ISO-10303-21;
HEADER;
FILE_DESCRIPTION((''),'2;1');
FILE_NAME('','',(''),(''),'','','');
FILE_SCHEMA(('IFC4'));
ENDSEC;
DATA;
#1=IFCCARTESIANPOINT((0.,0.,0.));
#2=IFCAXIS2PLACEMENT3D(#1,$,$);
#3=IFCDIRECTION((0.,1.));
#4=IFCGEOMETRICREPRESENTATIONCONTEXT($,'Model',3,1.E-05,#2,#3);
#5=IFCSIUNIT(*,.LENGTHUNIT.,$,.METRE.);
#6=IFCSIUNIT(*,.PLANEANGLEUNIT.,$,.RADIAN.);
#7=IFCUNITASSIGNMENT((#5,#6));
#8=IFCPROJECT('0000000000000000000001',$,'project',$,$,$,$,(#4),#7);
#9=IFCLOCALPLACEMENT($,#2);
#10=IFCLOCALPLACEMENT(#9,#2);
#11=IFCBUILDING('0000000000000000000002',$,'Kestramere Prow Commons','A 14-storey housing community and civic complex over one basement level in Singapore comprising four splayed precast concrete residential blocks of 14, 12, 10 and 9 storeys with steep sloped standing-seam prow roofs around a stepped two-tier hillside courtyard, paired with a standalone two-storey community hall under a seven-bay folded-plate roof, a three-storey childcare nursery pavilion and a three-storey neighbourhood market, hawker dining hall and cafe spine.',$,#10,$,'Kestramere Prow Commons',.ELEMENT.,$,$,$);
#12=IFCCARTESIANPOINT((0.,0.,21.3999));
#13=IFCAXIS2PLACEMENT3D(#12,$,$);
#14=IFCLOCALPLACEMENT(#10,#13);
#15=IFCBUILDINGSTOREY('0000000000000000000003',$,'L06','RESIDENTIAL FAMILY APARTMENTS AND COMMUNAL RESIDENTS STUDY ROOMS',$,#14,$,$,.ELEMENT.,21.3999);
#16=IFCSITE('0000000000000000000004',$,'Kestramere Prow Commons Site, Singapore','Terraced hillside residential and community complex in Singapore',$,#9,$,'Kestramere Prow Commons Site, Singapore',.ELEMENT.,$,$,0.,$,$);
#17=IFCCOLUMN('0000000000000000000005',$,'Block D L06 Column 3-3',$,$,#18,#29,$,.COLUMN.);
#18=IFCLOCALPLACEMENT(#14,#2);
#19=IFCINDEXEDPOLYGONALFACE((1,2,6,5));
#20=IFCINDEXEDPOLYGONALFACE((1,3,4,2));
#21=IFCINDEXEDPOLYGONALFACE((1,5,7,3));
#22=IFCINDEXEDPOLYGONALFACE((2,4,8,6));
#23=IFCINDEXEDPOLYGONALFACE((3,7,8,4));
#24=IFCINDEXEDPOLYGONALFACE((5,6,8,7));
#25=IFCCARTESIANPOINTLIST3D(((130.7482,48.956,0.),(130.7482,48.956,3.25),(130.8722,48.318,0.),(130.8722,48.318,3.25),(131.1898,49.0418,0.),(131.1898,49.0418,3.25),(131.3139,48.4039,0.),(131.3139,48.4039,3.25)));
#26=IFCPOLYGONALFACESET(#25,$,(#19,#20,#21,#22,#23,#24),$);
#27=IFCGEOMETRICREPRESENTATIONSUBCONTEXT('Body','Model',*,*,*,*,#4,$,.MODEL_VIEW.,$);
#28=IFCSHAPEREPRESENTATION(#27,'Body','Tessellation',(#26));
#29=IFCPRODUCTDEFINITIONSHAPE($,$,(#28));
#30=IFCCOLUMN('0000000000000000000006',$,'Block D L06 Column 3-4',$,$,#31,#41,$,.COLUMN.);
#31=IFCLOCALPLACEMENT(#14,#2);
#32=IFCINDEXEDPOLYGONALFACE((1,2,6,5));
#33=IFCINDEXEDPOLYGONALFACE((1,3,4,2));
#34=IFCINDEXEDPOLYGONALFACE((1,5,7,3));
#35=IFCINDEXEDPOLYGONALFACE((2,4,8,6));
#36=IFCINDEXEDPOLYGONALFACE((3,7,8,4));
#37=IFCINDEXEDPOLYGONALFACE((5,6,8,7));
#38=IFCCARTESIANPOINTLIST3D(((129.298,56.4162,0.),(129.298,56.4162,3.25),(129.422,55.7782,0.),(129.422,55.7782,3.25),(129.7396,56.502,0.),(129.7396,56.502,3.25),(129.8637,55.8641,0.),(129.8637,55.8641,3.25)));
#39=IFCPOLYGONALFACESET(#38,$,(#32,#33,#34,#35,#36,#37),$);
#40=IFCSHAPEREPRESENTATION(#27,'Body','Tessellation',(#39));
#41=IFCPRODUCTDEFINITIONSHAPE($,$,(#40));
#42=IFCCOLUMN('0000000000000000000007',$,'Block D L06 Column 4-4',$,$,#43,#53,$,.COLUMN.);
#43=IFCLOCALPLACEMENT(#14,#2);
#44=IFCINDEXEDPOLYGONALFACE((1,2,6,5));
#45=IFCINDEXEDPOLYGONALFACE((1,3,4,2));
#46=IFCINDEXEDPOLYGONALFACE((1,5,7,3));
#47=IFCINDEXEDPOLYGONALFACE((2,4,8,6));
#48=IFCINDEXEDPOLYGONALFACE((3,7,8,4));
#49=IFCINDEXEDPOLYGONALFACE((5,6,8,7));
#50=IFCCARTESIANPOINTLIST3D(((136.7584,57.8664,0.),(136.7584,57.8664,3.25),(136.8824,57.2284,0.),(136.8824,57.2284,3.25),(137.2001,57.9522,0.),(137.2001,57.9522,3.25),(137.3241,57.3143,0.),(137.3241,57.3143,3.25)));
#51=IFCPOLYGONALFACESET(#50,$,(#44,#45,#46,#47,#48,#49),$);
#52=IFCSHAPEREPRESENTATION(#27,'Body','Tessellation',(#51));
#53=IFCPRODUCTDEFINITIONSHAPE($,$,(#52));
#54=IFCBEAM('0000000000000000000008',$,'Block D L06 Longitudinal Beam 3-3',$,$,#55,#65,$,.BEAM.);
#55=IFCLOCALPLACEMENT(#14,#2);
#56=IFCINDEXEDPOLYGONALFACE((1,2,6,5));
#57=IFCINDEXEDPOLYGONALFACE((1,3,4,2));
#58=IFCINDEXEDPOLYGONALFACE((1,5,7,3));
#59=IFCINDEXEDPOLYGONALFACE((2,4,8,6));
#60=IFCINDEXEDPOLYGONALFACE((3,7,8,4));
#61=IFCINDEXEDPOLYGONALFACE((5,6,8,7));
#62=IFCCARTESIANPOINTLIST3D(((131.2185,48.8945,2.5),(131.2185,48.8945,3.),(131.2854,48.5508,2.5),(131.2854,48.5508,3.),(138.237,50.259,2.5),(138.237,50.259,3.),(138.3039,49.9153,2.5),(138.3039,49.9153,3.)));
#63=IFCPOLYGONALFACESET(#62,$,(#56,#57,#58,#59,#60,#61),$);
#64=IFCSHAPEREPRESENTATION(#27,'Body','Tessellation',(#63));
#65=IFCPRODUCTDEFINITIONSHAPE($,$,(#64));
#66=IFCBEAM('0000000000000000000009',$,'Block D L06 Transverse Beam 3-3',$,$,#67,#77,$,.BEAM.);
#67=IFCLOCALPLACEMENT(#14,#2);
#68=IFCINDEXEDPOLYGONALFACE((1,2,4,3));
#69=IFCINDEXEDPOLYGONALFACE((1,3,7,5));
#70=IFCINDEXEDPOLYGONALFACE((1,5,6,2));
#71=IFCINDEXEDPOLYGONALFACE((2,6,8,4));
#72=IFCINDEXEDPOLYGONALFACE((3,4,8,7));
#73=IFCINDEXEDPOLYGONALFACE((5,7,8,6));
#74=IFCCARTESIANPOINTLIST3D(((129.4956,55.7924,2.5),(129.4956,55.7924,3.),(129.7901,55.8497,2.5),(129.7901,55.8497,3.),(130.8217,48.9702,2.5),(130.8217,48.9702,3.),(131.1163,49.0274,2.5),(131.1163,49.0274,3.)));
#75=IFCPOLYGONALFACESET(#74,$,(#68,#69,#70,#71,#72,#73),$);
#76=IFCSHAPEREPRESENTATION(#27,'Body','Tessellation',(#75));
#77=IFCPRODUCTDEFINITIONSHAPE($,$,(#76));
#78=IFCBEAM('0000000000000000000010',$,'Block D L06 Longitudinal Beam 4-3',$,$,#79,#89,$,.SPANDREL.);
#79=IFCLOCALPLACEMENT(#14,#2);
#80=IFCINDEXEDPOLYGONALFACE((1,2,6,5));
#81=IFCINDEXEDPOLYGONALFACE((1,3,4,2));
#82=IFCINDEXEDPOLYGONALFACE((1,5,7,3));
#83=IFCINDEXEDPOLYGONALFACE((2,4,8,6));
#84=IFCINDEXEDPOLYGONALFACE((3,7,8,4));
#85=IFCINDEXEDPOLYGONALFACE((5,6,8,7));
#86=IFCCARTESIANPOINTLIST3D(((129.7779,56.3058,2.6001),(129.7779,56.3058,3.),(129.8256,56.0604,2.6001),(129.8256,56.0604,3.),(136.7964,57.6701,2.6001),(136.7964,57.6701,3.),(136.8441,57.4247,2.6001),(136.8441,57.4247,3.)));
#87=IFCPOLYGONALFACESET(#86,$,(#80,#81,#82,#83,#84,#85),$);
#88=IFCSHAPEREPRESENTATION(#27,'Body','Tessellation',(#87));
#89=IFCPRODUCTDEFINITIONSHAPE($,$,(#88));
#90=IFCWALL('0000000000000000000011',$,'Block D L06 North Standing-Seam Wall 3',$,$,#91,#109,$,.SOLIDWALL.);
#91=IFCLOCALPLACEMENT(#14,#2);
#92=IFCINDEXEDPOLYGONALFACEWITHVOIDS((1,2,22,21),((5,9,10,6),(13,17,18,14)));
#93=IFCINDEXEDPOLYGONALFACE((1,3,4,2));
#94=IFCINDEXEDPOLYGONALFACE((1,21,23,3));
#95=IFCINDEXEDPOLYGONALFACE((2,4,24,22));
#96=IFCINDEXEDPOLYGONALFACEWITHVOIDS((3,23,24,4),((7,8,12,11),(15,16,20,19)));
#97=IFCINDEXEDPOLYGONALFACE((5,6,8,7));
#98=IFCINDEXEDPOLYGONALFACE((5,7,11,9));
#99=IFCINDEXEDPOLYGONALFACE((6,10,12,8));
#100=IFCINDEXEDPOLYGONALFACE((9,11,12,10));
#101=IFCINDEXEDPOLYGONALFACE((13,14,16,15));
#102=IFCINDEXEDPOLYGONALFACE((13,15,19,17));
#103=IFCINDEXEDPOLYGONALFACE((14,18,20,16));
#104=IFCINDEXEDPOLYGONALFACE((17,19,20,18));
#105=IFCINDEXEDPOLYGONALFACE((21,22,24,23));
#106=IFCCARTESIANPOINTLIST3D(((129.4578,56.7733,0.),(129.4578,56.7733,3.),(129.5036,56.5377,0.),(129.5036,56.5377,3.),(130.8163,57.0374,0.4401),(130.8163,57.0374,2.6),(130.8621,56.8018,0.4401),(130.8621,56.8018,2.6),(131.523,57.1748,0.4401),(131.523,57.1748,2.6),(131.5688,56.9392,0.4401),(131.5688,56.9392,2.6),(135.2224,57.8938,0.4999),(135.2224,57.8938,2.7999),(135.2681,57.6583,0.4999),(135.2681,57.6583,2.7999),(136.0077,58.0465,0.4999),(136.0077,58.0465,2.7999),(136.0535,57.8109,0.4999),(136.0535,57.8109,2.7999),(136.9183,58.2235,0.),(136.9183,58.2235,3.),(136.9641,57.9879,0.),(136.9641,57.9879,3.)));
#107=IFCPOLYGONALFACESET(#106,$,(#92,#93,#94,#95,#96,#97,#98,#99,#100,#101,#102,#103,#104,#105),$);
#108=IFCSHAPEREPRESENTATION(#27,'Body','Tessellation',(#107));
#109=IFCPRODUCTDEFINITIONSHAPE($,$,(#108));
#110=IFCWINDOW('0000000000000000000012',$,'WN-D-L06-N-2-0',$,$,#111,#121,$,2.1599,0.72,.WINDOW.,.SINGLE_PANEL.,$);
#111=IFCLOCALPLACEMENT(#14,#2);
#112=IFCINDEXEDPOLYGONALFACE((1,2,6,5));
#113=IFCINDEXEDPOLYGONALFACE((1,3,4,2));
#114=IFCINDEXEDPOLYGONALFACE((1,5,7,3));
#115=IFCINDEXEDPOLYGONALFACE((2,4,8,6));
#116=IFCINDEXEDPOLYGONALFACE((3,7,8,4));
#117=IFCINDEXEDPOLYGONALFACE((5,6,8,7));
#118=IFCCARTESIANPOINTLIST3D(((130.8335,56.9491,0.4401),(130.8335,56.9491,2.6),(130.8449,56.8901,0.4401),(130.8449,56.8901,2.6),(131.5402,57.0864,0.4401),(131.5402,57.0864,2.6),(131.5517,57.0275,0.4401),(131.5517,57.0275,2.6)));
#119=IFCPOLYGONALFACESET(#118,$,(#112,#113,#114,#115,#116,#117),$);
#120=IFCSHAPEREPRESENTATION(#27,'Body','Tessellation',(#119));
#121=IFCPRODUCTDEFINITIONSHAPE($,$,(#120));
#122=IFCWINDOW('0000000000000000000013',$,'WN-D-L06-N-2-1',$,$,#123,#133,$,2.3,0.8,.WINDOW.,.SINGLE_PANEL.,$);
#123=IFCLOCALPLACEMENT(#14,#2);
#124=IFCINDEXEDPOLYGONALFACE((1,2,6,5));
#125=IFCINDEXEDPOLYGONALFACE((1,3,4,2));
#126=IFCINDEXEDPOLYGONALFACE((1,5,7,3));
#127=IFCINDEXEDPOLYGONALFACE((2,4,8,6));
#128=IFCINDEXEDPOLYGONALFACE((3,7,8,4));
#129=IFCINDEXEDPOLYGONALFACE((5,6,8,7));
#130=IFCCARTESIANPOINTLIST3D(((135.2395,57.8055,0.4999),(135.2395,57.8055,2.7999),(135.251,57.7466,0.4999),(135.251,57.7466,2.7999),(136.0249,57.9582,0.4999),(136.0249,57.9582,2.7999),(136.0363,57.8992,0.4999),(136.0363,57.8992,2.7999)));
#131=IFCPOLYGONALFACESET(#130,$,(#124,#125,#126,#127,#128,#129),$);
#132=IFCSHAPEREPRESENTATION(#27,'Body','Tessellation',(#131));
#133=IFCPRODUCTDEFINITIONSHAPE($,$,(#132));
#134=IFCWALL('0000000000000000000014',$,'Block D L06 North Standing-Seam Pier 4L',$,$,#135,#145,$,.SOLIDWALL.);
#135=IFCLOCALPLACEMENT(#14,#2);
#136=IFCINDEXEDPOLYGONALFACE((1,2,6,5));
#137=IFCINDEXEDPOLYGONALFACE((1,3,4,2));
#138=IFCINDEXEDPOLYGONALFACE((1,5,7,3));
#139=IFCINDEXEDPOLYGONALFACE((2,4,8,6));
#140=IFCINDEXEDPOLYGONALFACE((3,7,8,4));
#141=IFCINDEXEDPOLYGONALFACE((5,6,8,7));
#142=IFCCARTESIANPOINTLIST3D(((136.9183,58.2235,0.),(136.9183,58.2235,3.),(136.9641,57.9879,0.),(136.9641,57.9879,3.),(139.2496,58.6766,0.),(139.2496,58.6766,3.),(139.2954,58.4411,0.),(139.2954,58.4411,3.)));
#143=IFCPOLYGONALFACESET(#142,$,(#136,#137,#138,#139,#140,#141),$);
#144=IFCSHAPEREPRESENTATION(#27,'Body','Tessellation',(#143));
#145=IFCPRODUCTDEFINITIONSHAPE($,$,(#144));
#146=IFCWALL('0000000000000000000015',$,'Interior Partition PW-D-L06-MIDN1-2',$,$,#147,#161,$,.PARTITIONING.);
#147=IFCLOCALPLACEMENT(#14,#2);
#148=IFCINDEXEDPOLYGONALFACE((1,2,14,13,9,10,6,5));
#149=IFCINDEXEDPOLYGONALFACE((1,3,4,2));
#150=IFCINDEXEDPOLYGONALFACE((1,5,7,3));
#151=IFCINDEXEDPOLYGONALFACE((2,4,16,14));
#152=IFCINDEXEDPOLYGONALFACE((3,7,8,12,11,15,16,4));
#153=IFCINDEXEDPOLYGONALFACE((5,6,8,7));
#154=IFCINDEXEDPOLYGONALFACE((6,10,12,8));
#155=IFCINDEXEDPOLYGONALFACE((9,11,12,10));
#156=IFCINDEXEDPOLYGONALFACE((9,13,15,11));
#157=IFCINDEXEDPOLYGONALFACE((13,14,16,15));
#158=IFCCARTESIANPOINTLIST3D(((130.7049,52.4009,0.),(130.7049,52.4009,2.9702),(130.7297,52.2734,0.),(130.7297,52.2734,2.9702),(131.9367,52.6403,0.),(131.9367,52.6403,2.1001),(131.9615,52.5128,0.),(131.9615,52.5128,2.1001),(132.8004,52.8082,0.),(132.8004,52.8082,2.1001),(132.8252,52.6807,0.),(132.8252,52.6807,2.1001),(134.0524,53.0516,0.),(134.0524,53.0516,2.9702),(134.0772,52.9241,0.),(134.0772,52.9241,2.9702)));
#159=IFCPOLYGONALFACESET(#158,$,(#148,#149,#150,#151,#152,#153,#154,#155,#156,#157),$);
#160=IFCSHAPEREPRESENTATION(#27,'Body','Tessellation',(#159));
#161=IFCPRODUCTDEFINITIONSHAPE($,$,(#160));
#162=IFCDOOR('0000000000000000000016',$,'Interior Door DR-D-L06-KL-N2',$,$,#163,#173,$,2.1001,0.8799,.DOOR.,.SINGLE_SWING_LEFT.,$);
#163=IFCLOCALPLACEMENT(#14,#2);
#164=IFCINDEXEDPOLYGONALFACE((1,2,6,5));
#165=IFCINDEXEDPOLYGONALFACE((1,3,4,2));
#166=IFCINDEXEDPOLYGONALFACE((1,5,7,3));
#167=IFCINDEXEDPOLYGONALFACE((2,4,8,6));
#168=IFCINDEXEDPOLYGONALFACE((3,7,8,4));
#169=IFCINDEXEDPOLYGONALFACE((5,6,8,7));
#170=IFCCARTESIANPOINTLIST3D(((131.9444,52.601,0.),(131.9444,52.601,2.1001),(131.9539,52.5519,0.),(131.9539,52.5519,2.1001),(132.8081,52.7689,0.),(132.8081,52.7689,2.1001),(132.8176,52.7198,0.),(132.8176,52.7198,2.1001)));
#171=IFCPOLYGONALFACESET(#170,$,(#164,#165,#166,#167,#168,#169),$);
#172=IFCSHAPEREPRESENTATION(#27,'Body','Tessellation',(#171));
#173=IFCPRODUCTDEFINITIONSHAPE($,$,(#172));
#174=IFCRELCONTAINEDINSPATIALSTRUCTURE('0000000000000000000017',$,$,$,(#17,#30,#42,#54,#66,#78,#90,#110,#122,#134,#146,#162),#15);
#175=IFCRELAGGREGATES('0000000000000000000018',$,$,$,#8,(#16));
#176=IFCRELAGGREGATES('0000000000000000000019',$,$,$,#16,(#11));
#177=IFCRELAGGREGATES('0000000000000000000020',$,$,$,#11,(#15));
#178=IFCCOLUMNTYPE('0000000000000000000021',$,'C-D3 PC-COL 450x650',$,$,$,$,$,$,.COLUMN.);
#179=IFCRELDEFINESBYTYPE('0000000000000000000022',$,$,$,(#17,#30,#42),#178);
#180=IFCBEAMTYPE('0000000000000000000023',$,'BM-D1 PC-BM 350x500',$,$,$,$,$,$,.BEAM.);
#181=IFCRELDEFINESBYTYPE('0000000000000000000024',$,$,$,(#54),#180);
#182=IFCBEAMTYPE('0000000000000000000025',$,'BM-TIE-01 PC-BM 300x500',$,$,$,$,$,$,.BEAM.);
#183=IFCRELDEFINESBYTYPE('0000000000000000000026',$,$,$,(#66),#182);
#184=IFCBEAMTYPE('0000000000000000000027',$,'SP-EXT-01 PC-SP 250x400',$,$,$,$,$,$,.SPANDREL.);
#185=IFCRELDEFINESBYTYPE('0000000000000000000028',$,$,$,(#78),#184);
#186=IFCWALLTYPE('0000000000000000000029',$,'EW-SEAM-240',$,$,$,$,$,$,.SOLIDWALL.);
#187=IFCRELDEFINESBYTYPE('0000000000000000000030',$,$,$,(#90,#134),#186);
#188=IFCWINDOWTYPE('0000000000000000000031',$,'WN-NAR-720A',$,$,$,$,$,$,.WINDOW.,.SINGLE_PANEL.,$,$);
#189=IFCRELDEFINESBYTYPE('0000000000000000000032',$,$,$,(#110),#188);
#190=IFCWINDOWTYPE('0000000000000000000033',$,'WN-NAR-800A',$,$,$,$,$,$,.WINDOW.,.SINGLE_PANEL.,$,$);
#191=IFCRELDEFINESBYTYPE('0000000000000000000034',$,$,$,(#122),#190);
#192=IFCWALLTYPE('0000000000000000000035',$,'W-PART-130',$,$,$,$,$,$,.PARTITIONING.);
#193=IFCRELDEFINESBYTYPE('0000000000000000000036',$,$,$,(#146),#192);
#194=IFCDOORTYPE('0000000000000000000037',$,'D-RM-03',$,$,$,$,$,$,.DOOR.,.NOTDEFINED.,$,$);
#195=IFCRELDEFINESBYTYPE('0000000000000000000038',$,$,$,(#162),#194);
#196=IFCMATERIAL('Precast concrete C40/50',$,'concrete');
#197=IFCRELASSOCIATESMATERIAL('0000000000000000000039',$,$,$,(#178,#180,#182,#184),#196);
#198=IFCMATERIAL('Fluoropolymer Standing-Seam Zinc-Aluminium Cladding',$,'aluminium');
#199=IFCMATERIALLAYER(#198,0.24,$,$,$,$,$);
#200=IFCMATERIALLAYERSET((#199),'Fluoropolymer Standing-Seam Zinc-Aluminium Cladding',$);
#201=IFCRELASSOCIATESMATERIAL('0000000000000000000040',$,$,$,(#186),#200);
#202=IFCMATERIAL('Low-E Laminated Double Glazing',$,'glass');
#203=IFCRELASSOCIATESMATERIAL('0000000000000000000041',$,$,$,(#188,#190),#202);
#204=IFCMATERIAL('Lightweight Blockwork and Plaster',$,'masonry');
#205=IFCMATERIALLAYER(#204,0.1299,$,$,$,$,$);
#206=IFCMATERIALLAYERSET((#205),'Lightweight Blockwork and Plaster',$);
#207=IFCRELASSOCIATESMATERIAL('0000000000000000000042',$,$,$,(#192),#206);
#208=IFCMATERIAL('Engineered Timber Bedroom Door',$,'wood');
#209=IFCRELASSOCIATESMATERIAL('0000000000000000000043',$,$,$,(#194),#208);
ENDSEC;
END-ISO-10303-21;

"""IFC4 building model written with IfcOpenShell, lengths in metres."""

from ifc_helpers import new_model, si_unit, direction, frame, frame_2d, origin, origin_2d, place, context, subcontext, project, spatial, rectangle, extrude, material, layer, layer_set, material_profile, profile_set, type_object, element, fill, save


model = new_model("IFC4")

# Units and contexts
model_context = context("Model", 3, precision=1e-05, world=origin(), true_north=direction((0.0, 1.0)))
body_context = subcontext(model_context, "Body", "Model", "MODEL_VIEW")
ifc_project = project(units=[si_unit("LENGTHUNIT", "METRE"), si_unit("PLANEANGLEUNIT", "RADIAN")], contexts=[model_context])

# Site, building, storey
site_placement = place(None, origin())
site = spatial("IfcSite", under=ifc_project, at=site_placement, Name="Kestramere Prow Commons Site, Singapore", Description="Terraced hillside residential and community complex in Singapore", LongName="Kestramere Prow Commons Site, Singapore", CompositionType="ELEMENT", RefElevation=0.0)
building_placement = place(site_placement, origin())
building = spatial("IfcBuilding", under=site, at=building_placement, Name="Kestramere Prow Commons", Description="A 14-storey housing community and civic complex over one basement level in Singapore comprising four splayed precast concrete residential blocks of 14, 12, 10 and 9 storeys with steep sloped standing-seam prow roofs around a stepped two-tier hillside courtyard, paired with a standalone two-storey community hall under a seven-bay folded-plate roof, a three-storey childcare nursery pavilion and a three-storey neighbourhood market, hawker dining hall and cafe spine.", LongName="Kestramere Prow Commons", CompositionType="ELEMENT")
storey_placement = place(building_placement, frame((0.0, 0.0, 21.3999)))
storey = spatial("IfcBuildingStorey", under=building, at=storey_placement, Name="L06", Description="RESIDENTIAL FAMILY APARTMENTS AND COMMUNAL RESIDENTS STUDY ROOMS", CompositionType="ELEMENT", Elevation=21.3999)

# Columns
ifc_material_1 = material(Name="Precast concrete C40/50", Category="concrete")
ifc_material_profile_1 = material_profile(ifc_material_1, rectangle(XDim=0.45, YDim=0.6499, at=origin_2d()), Name="PC-COL 450x650")
ifc_profile_set_1 = profile_set([ifc_material_profile_1], Name="Precast concrete C40/50")
column_type = type_object("IfcColumnType", Name="C-D3 PC-COL 450x650", PredefinedType="COLUMN", material=ifc_profile_set_1)
for number, where, z_axis, x_axis, name in (
    (1, (131.031, 48.6799, 0.0), (0.0, 0.0, 1.0), (0.981627, 0.190809, 0.0), "Block D L06 Column 3-3"),
    (2, (129.5808, 56.1401, 0.0), (0.0, 0.0, 1.0), (0.981627, 0.190809, 0.0), "Block D L06 Column 3-4"),
    (3, (137.0413, 57.5903, 0.0), (0.0, 0.0, 1.0), (0.981627, 0.190809, 0.0), "Block D L06 Column 4-4"),
):
    element("IfcColumn", number, at=place(storey_placement, frame(where, z_axis=z_axis, x_axis=x_axis)), inside=storey, type_object=column_type, Name=name, PredefinedType="COLUMN", context=body_context, shape_type="SweptSolid", body=[
        extrude(rectangle(XDim=0.45, YDim=0.6499, at=origin_2d()), origin(), (0.0, 0.0, 1.0), 3.25),
    ])

# Beams
ifc_material_profile_2 = material_profile(ifc_material_1, rectangle(XDim=0.3501, YDim=0.5, at=origin_2d()), Name="PC-BM 350x500")
ifc_profile_set_2 = profile_set([ifc_material_profile_2], Name="Precast concrete C40/50")
beam_type_1 = type_object("IfcBeamType", Name="BM-D1 PC-BM 350x500", PredefinedType="BEAM", material=ifc_profile_set_2)
beam_1_placement = place(storey_placement, frame((131.252, 48.7227, 2.75), z_axis=(0.981621, 0.19084, 0.0), x_axis=(-0.19084, 0.981621, 0.0)))
element("IfcBeam", 4, at=beam_1_placement, inside=storey, type_object=beam_type_1, Name="Block D L06 Longitudinal Beam 3-3", PredefinedType="BEAM", context=body_context, shape_type="SweptSolid", body=[
    extrude(rectangle(XDim=0.3501, YDim=0.5, at=origin_2d()), origin(), (0.0, 0.0, 1.0), 7.1499),
])
ifc_material_profile_3 = material_profile(ifc_material_1, rectangle(XDim=0.3, YDim=0.5, at=origin_2d()), Name="PC-BM 300x500")
ifc_profile_set_3 = profile_set([ifc_material_profile_3], Name="Precast concrete C40/50")
beam_type_2 = type_object("IfcBeamType", Name="BM-TIE-01 PC-BM 300x500", PredefinedType="BEAM", material=ifc_profile_set_3)
beam_2_placement = place(storey_placement, frame((130.969, 48.9988, 2.75), z_axis=(-0.190817, 0.981626, 0.0), x_axis=(-0.981626, -0.190817, 0.0)))
element("IfcBeam", 5, at=beam_2_placement, inside=storey, type_object=beam_type_2, Name="Block D L06 Transverse Beam 3-3", PredefinedType="BEAM", context=body_context, shape_type="SweptSolid", body=[
    extrude(rectangle(XDim=0.3, YDim=0.5, at=origin_2d()), origin(), (0.0, 0.0, 1.0), 6.95),
])
ifc_material_profile_4 = material_profile(ifc_material_1, rectangle(XDim=0.25, YDim=0.3999, at=origin_2d()), Name="PC-SP 250x400")
ifc_profile_set_4 = profile_set([ifc_material_profile_4], Name="Precast concrete C40/50")
beam_type_3 = type_object("IfcBeamType", Name="SP-EXT-01 PC-SP 250x400", PredefinedType="SPANDREL", material=ifc_profile_set_4)
beam_3_placement = place(storey_placement, frame((129.8018, 56.1831, 2.8), z_axis=(0.981627, 0.190808, 0.0), x_axis=(-0.190808, 0.981627, 0.0)))
element("IfcBeam", 6, at=beam_3_placement, inside=storey, type_object=beam_type_3, Name="Block D L06 Longitudinal Beam 4-3", PredefinedType="SPANDREL", context=body_context, shape_type="SweptSolid", body=[
    extrude(rectangle(XDim=0.25, YDim=0.3999, at=origin_2d()), origin(), (0.0, 0.0, 1.0), 7.1499),
])

# Wall, openings, windows
ifc_material_2 = material(Name="Fluoropolymer Standing-Seam Zinc-Aluminium Cladding", Category="aluminium")
ifc_layer_1 = layer(ifc_material_2, 0.24)
ifc_layer_set_1 = layer_set([ifc_layer_1], Name="Fluoropolymer Standing-Seam Zinc-Aluminium Cladding")
wall_type_1 = type_object("IfcWallType", Name="EW-SEAM-240", PredefinedType="SOLIDWALL", material=ifc_layer_set_1)
wall_1_placement = place(storey_placement, frame((129.4807, 56.6555, 0.0), z_axis=(0.0, 0.0, 1.0), x_axis=(0.981626, 0.190813, 0.0)))
wall_1 = element("IfcWall", 7, at=wall_1_placement, inside=storey, type_object=wall_type_1, Name="Block D L06 North Standing-Seam Wall 3", PredefinedType="SOLIDWALL", context=body_context, shape_type="SweptSolid", body=[
    extrude(rectangle(XDim=7.6001, YDim=0.24, at=frame_2d((3.8, 0.0))), origin(), (0.0, 0.0, 1.0), 3.0),
])
opening_1_placement = place(wall_1_placement, frame((1.384, 0.0, 0.4399)))
opening_1 = element("IfcOpeningElement", 8, at=opening_1_placement, cuts=wall_1, PredefinedType="OPENING", context=body_context, shape_type="SweptSolid", body=[
    extrude(rectangle(XDim=0.72, YDim=2.1599, at=frame_2d((0.3599, 1.0801))), frame((0.0, 0.135, 0.0), z_axis=(0.0, -1.0, 0.0), x_axis=(1.0, 0.0, 0.0)), (0.0, 0.0, 1.0), 0.27),
])
opening_2_placement = place(wall_1_placement, frame((5.8726, 0.0, 0.5)))
opening_2 = element("IfcOpeningElement", 9, at=opening_2_placement, cuts=wall_1, PredefinedType="OPENING", context=body_context, shape_type="SweptSolid", body=[
    extrude(rectangle(XDim=0.8, YDim=2.3, at=frame_2d((0.3999, 1.1499))), frame((0.0, 0.135, 0.0), z_axis=(0.0, -1.0, 0.0), x_axis=(1.0, 0.0, 0.0)), (0.0, 0.0, 1.0), 0.27),
])
ifc_material_3 = material(Name="Low-E Laminated Double Glazing", Category="glass")
window_type_1 = type_object("IfcWindowType", Name="WN-NAR-720A", PartitioningType="SINGLE_PANEL", PredefinedType="WINDOW", material=ifc_material_3)
window_1_placement = place(opening_1_placement, origin())
window_1 = element("IfcWindow", 10, at=window_1_placement, inside=storey, type_object=window_type_1, Name="WN-D-L06-N-2-0", OverallHeight=2.1599, OverallWidth=0.72, PartitioningType="SINGLE_PANEL", PredefinedType="WINDOW", context=body_context, shape_type="SweptSolid", body=[
    extrude(rectangle(XDim=0.72, YDim=2.1599, at=frame_2d((0.3599, 1.0801))), frame((0.0, 0.03, 0.0), z_axis=(0.0, -1.0, 0.0), x_axis=(1.0, 0.0, 0.0)), (0.0, 0.0, 1.0), 0.0601),
])
fill(opening_1, window_1)
window_type_2 = type_object("IfcWindowType", Name="WN-NAR-800A", PartitioningType="SINGLE_PANEL", PredefinedType="WINDOW", material=ifc_material_3)
window_2_placement = place(opening_2_placement, origin())
window_2 = element("IfcWindow", 11, at=window_2_placement, inside=storey, type_object=window_type_2, Name="WN-D-L06-N-2-1", OverallHeight=2.3, OverallWidth=0.8, PartitioningType="SINGLE_PANEL", PredefinedType="WINDOW", context=body_context, shape_type="SweptSolid", body=[
    extrude(rectangle(XDim=0.8, YDim=2.3, at=frame_2d((0.3999, 1.1499))), frame((0.0, 0.03, 0.0), z_axis=(0.0, -1.0, 0.0), x_axis=(1.0, 0.0, 0.0)), (0.0, 0.0, 1.0), 0.0601),
])
fill(opening_2, window_2)

# Wall
wall_2_placement = place(storey_placement, frame((136.9412, 58.1057, 0.0), z_axis=(0.0, 0.0, 1.0), x_axis=(0.98163, 0.190795, 0.0)))
element("IfcWall", 12, at=wall_2_placement, inside=storey, type_object=wall_type_1, Name="Block D L06 North Standing-Seam Pier 4L", PredefinedType="SOLIDWALL", context=body_context, shape_type="SweptSolid", body=[
    extrude(rectangle(XDim=2.375, YDim=0.24, at=frame_2d((1.1875, 0.0))), origin(), (0.0, 0.0, 1.0), 3.0),
])

# Wall, opening, door
ifc_material_4 = material(Name="Lightweight Blockwork and Plaster", Category="masonry")
ifc_layer_2 = layer(ifc_material_4, 0.1299)
ifc_layer_set_2 = layer_set([ifc_layer_2], Name="Lightweight Blockwork and Plaster")
wall_type_2 = type_object("IfcWallType", Name="W-PART-130", PredefinedType="PARTITIONING", material=ifc_layer_set_2)
wall_3_placement = place(storey_placement, frame((130.7173, 52.3372, 0.0), z_axis=(0.0, 0.0, 1.0), x_axis=(0.981629, 0.190799, 0.0)))
wall_3 = element("IfcWall", 13, at=wall_3_placement, inside=storey, type_object=wall_type_2, Name="Interior Partition PW-D-L06-MIDN1-2", PredefinedType="PARTITIONING", context=body_context, shape_type="SweptSolid", body=[
    extrude(rectangle(XDim=3.4102, YDim=0.1299, at=frame_2d((1.7051, 0.0))), origin(), (0.0, 0.0, 1.0), 2.9702),
])
opening_3_placement = place(wall_3_placement, frame((1.2549, 0.0, 0.0)))
opening_3 = element("IfcOpeningElement", 14, at=opening_3_placement, cuts=wall_3, PredefinedType="OPENING", context=body_context, shape_type="SweptSolid", body=[
    extrude(rectangle(XDim=0.8799, YDim=2.1001, at=frame_2d((0.4399, 1.05))), frame((0.0, 0.0798, 0.0), z_axis=(0.0, -1.0, 0.0), x_axis=(1.0, 0.0, 0.0)), (0.0, 0.0, 1.0), 0.1599),
])
ifc_material_5 = material(Name="Engineered Timber Bedroom Door", Category="wood")
door_type_1 = type_object("IfcDoorType", Name="D-RM-03", OperationType="NOTDEFINED", PredefinedType="DOOR", material=ifc_material_5)
door_1_placement = place(opening_3_placement, origin())
door_1 = element("IfcDoor", 15, at=door_1_placement, inside=storey, type_object=door_type_1, Name="Interior Door DR-D-L06-KL-N2", OperationType="SINGLE_SWING_LEFT", OverallHeight=2.1001, OverallWidth=0.8799, PredefinedType="DOOR", context=body_context, shape_type="SweptSolid", body=[
    extrude(rectangle(XDim=0.8799, YDim=2.1001, at=frame_2d((0.4399, 1.05))), frame((0.0, 0.0249, 0.0), z_axis=(0.0, -1.0, 0.0), x_axis=(1.0, 0.0, 0.0)), (0.0, 0.0, 1.0), 0.05),
])
fill(opening_3, door_1)

save(model, "model.ifc")
